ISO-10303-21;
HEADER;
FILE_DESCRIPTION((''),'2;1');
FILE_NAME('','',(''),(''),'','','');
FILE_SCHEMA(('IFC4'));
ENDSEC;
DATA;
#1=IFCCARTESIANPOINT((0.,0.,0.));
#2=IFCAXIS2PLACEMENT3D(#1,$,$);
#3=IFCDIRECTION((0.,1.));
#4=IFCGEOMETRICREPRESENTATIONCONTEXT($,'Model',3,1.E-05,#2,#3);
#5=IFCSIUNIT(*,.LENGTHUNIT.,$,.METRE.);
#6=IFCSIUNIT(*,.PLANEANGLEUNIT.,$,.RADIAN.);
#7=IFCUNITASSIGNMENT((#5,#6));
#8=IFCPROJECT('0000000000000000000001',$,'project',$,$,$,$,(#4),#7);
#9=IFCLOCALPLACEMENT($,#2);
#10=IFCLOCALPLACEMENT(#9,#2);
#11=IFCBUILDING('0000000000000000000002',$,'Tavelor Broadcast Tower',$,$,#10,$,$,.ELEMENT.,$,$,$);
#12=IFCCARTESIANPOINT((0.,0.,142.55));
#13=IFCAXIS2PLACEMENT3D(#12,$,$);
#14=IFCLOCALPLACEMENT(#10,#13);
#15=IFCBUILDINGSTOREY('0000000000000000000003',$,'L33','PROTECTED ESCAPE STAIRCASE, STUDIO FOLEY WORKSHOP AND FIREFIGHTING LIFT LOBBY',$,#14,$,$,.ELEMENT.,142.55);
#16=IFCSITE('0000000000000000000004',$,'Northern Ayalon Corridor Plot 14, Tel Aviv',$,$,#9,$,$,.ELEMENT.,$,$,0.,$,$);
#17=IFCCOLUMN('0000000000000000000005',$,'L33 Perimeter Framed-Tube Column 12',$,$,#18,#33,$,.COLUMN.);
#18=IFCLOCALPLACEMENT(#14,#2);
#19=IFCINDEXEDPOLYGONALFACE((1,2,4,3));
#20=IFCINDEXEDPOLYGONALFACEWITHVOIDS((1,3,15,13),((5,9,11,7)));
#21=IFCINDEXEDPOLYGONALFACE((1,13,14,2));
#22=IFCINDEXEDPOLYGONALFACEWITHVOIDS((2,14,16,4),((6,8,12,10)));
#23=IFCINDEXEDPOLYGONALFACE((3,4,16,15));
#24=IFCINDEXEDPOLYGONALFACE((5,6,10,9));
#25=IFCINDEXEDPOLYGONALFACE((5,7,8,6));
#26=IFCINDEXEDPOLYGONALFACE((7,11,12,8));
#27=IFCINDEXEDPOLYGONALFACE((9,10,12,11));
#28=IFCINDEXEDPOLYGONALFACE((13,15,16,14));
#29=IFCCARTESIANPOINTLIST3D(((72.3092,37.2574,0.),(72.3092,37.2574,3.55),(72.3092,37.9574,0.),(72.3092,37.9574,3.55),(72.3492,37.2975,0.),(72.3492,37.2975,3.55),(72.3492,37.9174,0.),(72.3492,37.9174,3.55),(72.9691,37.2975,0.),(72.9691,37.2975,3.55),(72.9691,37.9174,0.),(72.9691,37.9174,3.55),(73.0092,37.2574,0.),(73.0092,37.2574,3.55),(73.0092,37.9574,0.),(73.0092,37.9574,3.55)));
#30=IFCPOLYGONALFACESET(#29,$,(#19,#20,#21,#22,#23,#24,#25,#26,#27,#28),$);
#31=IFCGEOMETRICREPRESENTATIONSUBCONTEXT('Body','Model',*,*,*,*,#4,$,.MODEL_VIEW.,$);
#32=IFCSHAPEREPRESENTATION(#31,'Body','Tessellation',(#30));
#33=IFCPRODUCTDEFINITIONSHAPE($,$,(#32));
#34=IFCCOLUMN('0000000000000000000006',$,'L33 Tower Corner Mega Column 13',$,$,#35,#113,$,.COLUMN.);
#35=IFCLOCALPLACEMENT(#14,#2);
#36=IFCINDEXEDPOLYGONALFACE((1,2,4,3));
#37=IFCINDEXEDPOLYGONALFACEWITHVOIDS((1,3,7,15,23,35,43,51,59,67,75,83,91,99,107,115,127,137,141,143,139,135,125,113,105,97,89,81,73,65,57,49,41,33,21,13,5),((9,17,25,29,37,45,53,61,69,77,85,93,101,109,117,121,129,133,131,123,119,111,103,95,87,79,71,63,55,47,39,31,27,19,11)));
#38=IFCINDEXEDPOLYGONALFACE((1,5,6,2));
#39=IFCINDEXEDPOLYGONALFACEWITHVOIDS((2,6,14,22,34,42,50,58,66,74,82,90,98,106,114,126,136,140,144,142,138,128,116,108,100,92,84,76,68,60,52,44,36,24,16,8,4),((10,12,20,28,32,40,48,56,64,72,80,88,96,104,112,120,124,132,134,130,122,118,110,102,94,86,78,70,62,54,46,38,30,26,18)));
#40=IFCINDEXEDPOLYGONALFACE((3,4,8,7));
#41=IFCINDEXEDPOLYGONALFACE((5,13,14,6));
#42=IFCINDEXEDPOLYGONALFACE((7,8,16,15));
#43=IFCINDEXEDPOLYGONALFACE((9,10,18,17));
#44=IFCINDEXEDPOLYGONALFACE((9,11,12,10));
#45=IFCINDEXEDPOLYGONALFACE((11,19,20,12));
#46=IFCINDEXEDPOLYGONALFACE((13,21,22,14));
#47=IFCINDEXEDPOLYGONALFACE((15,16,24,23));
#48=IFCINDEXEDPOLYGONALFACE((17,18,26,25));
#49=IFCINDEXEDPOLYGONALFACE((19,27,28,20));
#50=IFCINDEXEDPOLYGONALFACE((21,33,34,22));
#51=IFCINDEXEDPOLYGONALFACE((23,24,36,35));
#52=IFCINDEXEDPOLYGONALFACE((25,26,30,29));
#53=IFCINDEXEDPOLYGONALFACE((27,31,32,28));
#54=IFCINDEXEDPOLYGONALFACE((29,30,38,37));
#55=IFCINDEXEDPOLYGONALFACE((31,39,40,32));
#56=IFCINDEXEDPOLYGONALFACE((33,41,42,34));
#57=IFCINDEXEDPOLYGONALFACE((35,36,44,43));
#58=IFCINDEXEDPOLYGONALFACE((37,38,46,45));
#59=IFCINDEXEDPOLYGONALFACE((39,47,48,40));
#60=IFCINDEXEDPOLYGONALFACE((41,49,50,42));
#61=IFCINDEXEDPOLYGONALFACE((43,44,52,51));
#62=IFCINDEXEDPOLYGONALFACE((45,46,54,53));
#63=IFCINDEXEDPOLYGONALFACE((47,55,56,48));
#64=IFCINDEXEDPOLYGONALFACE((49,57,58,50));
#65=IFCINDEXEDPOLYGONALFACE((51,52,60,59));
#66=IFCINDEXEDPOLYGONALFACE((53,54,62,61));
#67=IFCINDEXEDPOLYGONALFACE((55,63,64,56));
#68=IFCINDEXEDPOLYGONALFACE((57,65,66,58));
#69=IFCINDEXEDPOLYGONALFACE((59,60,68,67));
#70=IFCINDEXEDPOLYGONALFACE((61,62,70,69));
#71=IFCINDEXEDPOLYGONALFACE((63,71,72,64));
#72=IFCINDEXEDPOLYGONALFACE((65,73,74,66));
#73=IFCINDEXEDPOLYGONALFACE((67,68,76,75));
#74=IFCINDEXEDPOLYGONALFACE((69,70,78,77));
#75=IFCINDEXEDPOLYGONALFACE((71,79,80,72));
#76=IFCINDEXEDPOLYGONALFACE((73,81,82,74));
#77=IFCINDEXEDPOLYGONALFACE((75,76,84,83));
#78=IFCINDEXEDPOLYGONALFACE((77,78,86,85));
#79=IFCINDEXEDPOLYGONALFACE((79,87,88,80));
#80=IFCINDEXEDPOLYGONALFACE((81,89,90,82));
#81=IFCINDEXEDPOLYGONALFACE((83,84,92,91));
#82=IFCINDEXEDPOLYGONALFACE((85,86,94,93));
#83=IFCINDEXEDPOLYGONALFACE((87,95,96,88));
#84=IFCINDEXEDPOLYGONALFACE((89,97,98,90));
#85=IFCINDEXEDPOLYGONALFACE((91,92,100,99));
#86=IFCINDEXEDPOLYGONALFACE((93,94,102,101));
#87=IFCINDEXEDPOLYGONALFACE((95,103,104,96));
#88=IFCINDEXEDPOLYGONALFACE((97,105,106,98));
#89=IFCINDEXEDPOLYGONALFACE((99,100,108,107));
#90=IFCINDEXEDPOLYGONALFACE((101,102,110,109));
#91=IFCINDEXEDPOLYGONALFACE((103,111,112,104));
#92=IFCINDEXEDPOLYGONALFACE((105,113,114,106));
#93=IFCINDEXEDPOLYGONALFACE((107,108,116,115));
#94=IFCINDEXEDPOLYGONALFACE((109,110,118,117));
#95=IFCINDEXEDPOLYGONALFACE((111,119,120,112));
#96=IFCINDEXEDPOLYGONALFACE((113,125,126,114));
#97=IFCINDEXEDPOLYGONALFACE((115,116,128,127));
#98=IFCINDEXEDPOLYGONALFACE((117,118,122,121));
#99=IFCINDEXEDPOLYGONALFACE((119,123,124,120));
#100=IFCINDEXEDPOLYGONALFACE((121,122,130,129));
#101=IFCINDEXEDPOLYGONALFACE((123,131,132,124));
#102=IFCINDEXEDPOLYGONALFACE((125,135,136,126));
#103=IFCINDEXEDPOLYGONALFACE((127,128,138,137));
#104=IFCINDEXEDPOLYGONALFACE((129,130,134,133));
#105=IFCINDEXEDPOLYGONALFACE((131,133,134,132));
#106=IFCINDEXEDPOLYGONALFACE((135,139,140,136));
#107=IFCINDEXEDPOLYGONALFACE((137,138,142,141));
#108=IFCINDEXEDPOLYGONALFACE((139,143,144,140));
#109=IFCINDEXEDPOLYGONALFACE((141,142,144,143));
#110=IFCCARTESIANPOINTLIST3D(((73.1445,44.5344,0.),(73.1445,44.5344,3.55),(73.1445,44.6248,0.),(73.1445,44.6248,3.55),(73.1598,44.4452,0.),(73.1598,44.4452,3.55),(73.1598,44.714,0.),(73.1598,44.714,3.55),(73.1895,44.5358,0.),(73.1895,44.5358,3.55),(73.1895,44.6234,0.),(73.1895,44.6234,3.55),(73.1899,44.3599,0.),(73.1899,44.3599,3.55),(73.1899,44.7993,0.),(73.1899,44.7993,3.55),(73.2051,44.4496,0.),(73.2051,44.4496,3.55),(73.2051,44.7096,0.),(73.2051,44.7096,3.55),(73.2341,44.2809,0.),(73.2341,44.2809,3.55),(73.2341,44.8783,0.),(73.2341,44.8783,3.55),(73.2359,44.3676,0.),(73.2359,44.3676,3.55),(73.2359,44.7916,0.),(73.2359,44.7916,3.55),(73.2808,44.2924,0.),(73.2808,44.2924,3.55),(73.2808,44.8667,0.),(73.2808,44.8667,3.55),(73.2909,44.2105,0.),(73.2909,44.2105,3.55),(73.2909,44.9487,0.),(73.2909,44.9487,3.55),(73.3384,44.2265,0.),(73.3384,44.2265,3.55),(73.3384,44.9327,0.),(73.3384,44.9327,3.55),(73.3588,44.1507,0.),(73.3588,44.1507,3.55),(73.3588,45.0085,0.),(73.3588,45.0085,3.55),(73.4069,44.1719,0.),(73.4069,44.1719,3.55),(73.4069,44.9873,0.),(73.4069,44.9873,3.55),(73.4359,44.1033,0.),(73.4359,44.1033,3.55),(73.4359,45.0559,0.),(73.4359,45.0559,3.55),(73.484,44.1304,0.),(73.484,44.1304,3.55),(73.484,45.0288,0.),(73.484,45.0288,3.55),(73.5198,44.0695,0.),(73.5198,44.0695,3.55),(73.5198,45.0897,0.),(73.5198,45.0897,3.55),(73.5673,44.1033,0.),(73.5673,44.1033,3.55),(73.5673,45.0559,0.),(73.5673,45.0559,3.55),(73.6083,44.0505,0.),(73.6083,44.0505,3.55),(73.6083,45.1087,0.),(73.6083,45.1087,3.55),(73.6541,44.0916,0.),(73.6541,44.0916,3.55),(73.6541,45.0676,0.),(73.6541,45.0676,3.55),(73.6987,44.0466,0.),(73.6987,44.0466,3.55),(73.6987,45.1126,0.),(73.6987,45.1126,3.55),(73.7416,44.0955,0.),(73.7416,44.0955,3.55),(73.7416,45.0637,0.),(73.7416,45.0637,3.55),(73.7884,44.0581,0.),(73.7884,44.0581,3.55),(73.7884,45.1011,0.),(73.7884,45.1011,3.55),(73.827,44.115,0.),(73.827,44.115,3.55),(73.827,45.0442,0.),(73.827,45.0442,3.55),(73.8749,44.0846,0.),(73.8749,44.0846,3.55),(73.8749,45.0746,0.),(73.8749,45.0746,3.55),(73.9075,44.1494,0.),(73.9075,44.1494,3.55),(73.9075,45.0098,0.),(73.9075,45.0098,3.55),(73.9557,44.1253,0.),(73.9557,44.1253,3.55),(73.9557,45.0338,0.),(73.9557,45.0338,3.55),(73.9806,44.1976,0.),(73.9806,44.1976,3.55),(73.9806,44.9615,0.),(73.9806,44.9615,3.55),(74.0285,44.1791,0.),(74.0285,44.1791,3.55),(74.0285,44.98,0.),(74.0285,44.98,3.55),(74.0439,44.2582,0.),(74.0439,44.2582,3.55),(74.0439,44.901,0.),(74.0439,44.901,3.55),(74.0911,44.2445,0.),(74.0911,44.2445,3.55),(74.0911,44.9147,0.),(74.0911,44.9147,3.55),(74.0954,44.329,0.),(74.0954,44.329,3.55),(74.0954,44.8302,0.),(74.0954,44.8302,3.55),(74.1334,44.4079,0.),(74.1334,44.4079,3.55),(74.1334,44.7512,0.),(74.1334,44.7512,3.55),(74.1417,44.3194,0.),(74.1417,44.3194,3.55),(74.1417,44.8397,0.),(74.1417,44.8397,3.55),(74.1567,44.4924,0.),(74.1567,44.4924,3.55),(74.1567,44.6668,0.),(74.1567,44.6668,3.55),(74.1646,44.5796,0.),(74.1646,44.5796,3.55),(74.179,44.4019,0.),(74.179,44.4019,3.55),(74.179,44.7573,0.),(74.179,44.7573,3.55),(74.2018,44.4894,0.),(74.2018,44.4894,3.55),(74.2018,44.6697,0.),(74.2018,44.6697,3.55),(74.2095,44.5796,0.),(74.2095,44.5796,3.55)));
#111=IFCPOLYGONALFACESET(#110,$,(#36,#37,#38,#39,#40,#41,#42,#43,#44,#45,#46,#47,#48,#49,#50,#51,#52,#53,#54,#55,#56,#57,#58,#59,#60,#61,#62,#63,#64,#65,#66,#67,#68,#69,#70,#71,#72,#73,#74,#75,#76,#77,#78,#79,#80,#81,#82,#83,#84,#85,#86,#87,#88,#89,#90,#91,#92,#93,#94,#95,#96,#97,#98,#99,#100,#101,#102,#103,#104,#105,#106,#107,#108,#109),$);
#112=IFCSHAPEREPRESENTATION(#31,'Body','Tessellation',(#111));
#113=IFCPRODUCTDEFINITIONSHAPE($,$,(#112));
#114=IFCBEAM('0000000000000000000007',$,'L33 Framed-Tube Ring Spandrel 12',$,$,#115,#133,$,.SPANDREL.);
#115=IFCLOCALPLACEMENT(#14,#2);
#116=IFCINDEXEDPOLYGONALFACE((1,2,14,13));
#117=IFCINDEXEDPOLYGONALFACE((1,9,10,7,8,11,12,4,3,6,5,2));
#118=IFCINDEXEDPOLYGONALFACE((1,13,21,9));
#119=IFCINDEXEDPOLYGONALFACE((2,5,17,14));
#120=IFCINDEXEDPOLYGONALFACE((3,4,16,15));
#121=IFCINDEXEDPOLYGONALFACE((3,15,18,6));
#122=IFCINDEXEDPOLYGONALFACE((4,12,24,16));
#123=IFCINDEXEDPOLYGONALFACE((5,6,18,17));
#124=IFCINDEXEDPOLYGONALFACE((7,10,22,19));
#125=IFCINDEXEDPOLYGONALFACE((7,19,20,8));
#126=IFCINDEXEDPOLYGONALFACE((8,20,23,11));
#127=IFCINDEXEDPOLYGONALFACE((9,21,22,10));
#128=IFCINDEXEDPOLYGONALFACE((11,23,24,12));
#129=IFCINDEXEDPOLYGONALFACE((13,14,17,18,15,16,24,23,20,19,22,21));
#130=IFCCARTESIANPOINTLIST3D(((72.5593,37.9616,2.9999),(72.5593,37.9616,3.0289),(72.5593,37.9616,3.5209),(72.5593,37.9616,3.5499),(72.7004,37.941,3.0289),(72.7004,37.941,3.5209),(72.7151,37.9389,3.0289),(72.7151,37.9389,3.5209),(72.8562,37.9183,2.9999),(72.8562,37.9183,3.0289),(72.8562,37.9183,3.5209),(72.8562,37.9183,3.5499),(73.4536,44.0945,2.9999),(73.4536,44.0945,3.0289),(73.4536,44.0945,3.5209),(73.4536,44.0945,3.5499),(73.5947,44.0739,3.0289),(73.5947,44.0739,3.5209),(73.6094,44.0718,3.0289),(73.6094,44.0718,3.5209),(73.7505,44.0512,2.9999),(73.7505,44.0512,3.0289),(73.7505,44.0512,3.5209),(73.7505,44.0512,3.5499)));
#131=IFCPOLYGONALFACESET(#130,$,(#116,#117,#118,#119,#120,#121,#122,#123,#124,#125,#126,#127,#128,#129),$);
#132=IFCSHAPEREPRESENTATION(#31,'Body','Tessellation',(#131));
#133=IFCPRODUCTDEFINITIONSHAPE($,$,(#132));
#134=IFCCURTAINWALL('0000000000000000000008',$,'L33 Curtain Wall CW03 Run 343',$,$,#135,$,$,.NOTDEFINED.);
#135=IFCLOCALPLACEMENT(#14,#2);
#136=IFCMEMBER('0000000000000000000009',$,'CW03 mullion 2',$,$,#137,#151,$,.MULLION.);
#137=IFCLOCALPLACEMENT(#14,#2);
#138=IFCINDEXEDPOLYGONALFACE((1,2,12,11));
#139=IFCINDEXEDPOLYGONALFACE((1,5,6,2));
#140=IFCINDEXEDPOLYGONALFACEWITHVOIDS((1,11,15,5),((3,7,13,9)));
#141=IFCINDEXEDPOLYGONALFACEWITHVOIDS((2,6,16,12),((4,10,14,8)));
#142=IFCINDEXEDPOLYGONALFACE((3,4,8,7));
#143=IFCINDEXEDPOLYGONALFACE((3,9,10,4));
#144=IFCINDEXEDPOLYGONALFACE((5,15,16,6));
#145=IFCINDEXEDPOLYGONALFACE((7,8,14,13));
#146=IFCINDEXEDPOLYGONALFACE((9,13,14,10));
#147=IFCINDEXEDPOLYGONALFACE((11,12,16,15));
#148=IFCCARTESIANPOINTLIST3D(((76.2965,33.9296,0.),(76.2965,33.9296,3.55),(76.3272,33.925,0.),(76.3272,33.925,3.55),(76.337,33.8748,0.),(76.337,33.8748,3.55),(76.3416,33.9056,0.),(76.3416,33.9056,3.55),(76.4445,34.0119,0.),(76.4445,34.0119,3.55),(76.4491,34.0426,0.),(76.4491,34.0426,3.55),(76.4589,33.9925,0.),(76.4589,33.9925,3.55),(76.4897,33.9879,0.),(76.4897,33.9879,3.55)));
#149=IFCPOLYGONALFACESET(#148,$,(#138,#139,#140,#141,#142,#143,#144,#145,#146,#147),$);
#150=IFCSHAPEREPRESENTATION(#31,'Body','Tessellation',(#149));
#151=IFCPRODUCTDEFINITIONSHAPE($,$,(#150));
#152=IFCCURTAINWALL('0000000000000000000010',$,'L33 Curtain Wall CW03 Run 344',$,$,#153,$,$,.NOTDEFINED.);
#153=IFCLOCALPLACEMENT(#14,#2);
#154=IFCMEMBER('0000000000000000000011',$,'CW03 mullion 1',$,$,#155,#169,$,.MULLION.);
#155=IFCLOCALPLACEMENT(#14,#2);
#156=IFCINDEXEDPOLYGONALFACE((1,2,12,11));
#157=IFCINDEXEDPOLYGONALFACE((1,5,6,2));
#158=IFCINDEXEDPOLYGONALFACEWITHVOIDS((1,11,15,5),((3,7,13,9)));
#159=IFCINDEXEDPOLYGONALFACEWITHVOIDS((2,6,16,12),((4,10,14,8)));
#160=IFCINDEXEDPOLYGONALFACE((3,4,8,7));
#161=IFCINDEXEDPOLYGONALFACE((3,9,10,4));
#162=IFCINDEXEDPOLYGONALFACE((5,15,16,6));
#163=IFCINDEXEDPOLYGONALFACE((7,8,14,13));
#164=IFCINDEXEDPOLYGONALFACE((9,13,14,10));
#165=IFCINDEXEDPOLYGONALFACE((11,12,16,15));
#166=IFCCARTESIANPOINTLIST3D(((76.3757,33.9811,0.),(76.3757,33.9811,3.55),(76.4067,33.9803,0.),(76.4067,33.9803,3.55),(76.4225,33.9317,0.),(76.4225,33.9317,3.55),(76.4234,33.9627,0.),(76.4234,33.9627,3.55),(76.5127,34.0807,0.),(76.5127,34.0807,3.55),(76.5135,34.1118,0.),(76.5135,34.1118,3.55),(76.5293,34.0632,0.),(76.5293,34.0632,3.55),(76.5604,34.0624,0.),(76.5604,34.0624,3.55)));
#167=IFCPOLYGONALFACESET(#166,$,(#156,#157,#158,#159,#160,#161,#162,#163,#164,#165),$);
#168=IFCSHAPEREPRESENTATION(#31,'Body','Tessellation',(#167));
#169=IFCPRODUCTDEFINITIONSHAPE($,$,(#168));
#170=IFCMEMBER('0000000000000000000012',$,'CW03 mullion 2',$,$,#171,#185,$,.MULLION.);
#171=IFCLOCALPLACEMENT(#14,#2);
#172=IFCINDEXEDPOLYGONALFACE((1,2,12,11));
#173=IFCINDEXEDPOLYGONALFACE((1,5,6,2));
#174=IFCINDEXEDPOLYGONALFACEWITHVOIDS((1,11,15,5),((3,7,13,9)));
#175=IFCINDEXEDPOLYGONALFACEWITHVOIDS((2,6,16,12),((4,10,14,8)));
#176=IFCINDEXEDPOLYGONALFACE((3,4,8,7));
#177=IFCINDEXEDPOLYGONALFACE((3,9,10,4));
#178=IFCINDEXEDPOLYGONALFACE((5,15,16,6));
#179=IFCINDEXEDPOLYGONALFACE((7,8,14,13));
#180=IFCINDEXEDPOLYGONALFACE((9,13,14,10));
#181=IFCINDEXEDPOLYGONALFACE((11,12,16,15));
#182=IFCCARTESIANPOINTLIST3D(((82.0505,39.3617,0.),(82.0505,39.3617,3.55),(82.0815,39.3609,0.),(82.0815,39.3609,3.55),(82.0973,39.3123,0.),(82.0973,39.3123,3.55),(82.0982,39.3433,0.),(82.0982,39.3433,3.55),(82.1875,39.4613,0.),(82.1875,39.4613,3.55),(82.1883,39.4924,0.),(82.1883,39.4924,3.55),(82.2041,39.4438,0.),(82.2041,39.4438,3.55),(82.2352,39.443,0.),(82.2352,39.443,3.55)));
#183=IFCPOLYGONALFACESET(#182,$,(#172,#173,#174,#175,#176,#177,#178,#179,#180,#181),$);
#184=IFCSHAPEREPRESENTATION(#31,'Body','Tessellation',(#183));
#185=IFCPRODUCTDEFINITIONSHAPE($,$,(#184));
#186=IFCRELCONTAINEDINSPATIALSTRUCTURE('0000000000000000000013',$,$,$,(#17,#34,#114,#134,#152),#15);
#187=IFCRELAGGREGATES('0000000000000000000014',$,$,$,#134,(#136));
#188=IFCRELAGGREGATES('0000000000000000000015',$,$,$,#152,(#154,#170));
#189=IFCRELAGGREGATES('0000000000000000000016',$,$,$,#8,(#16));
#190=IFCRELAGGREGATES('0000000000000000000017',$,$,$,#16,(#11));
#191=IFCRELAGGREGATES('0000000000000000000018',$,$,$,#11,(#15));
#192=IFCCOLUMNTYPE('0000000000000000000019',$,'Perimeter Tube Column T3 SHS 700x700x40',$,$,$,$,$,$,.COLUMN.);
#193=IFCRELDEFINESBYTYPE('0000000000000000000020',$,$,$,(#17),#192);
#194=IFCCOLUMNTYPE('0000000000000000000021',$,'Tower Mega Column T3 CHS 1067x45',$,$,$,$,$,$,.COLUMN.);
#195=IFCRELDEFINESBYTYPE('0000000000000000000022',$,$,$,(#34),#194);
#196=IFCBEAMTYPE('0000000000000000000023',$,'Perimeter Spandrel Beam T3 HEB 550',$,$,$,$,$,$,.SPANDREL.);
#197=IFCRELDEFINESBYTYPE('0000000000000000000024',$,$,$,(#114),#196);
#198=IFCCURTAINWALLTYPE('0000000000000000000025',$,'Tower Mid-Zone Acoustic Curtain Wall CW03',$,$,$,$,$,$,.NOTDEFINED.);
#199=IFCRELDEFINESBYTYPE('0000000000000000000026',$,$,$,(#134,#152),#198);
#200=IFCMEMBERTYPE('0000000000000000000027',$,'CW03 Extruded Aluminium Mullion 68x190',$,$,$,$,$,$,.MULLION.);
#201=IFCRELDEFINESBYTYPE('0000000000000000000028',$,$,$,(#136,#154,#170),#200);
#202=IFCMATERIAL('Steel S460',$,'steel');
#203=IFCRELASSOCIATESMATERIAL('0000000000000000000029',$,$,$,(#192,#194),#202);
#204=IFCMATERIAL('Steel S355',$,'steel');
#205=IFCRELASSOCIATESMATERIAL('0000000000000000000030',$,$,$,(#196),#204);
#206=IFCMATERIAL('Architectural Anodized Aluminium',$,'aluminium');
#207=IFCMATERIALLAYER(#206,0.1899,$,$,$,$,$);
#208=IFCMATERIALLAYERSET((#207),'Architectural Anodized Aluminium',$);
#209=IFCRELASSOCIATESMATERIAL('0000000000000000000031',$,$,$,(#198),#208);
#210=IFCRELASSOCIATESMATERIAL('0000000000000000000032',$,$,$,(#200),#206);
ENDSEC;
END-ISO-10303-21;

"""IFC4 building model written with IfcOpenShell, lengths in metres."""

from ifc_helpers import new_model, si_unit, direction, frame, origin, origin_2d, place, context, subcontext, project, spatial, hollow_rectangle, hollow_circle, i_section, extrude, source, transform, mapped, material, layer, layer_set, material_profile, profile_set, type_object, type_shapes, element, aggregate, save


model = new_model("IFC4")

# Units and contexts
model_context = context("Model", 3, precision=1e-05, world=origin(), true_north=direction((0.0, 1.0)))
body_context = subcontext(model_context, "Body", "Model", "MODEL_VIEW")
ifc_project = project(units=[si_unit("LENGTHUNIT", "METRE"), si_unit("PLANEANGLEUNIT", "RADIAN")], contexts=[model_context])

# Site, building, storey
site_placement = place(None, origin())
site = spatial("IfcSite", under=ifc_project, at=site_placement, Name="Northern Ayalon Corridor Plot 14, Tel Aviv", CompositionType="ELEMENT", RefElevation=0.0)
building_placement = place(site_placement, origin())
building = spatial("IfcBuilding", under=site, at=building_placement, Name="Tavelor Broadcast Tower", CompositionType="ELEMENT")
storey_placement = place(building_placement, frame((0.0, 0.0, 142.55)))
storey = spatial("IfcBuildingStorey", under=building, at=storey_placement, Name="L33", Description="PROTECTED ESCAPE STAIRCASE, STUDIO FOLEY WORKSHOP AND FIREFIGHTING LIFT LOBBY", CompositionType="ELEMENT", Elevation=142.55)

# Columns
ifc_material_1 = material(Name="Steel S460", Category="steel")
ifc_material_profile_1 = material_profile(ifc_material_1, hollow_rectangle(XDim=0.7, YDim=0.7, WallThickness=0.04, at=origin_2d()), Name="SHS 700x700x40")
ifc_profile_set_1 = profile_set([ifc_material_profile_1], Name="Steel S460")
column_type_1 = type_object("IfcColumnType", Name="Perimeter Tube Column T3 SHS 700x700x40", PredefinedType="COLUMN", material=ifc_profile_set_1)
column_1_placement = place(storey_placement, frame((72.6592, 37.6074, 0.0), z_axis=(0.0, 0.0, 1.0), x_axis=(1.0, 0.0, 0.0)))
element("IfcColumn", 1, at=column_1_placement, inside=storey, type_object=column_type_1, Name="L33 Perimeter Framed-Tube Column 12", PredefinedType="COLUMN", context=body_context, shape_type="SweptSolid", body=[
    extrude(hollow_rectangle(XDim=0.7, YDim=0.7, WallThickness=0.04, at=origin_2d()), origin(), (0.0, 0.0, 1.0), 3.55),
])
ifc_material_profile_2 = material_profile(ifc_material_1, hollow_circle(Radius=0.5334, WallThickness=0.0449, at=origin_2d()), Name="CHS 1067x45")
ifc_profile_set_2 = profile_set([ifc_material_profile_2], Name="Steel S460")
column_type_2 = type_object("IfcColumnType", Name="Tower Mega Column T3 CHS 1067x45", PredefinedType="COLUMN", material=ifc_profile_set_2)
column_2_placement = place(storey_placement, frame((73.676, 44.5796, 0.0), z_axis=(0.0, 0.0, 1.0), x_axis=(1.0, 0.0, 0.0)))
element("IfcColumn", 2, at=column_2_placement, inside=storey, type_object=column_type_2, Name="L33 Tower Corner Mega Column 13", PredefinedType="COLUMN", context=body_context, shape_type="SweptSolid", body=[
    extrude(hollow_circle(Radius=0.5334, WallThickness=0.0449, at=origin_2d()), origin(), (0.0, 0.0, 1.0), 3.55),
])

# Beam
ifc_material_2 = material(Name="Steel S355", Category="steel")
ifc_material_profile_3 = material_profile(ifc_material_2, i_section(OverallWidth=0.3, OverallDepth=0.55, WebThickness=0.0149, FlangeThickness=0.0291, at=origin_2d()), Name="HEB 550")
ifc_profile_set_3 = profile_set([ifc_material_profile_3], Name="Steel S355")
beam_type = type_object("IfcBeamType", Name="Perimeter Spandrel Beam T3 HEB 550", PredefinedType="SPANDREL", material=ifc_profile_set_3)
beam_placement = place(storey_placement, frame((72.7078, 37.9399, 3.2749), z_axis=(0.144294, 0.989535, 0.0), x_axis=(-0.989535, 0.144294, 0.0)))
element("IfcBeam", 3, at=beam_placement, inside=storey, type_object=beam_type, Name="L33 Framed-Tube Ring Spandrel 12", PredefinedType="SPANDREL", context=body_context, shape_type="SweptSolid", body=[
    extrude(i_section(OverallWidth=0.3, OverallDepth=0.55, WebThickness=0.0149, FlangeThickness=0.0291, at=origin_2d()), origin(), (0.0, 0.0, 1.0), 6.1978),
])

# Curtain wall, member
ifc_material_3 = material(Name="Architectural Anodized Aluminium", Category="aluminium")
ifc_layer_1 = layer(ifc_material_3, 0.1899)
ifc_layer_set_1 = layer_set([ifc_layer_1], Name="Architectural Anodized Aluminium")
curtain_wall_type = type_object("IfcCurtainWallType", Name="Tower Mid-Zone Acoustic Curtain Wall CW03", PredefinedType="NOTDEFINED", material=ifc_layer_set_1)
curtain_wall_1_placement = place(storey_placement, origin())
curtain_wall_1 = element("IfcCurtainWall", 4, at=curtain_wall_1_placement, inside=storey, type_object=curtain_wall_type, Name="L33 Curtain Wall CW03 Run 343", PredefinedType="NOTDEFINED")
ifc_material_profile_4 = material_profile(ifc_material_3, hollow_rectangle(XDim=0.0681, YDim=0.1899, WallThickness=0.022, at=origin_2d()), Name="RHS 68x190x22")
ifc_profile_set_4 = profile_set([ifc_material_profile_4], Name="Architectural Anodized Aluminium")
member_type_1 = type_object("IfcMemberType", Name="CW03 Extruded Aluminium Mullion 68x190", PredefinedType="MULLION", material=ifc_profile_set_4)
shared_shape_1 = source(origin(), body_context, "Body", "SweptSolid", [
    extrude(hollow_rectangle(XDim=0.0681, YDim=0.1899, WallThickness=0.022, at=origin_2d()), origin(), (0.0, 0.0, 1.0), 3.55),
])
type_shapes(member_type_1, [shared_shape_1])
member_1_placement = place(storey_placement, frame((76.3931, 33.9587, 0.0), z_axis=(0.0, 0.0, 1.0), x_axis=(-0.595187, 0.803588, 0.0)))
member_1 = element("IfcMember", 5, at=member_1_placement, type_object=member_type_1, Name="CW03 mullion 2", PredefinedType="MULLION", context=body_context, shape_type="MappedRepresentation", body=[
    mapped(shared_shape_1, transform((0.0, 0.0, 0.0), scale=1.0)),
])

# Curtain wall, members
curtain_wall_2_placement = place(storey_placement, origin())
curtain_wall_2 = element("IfcCurtainWall", 6, at=curtain_wall_2_placement, inside=storey, type_object=curtain_wall_type, Name="L33 Curtain Wall CW03 Run 344", PredefinedType="NOTDEFINED")
member_2_placement = place(storey_placement, frame((76.468, 34.0217, 0.0), z_axis=(0.0, 0.0, 1.0), x_axis=(-0.68805, 0.725663, 0.0)))
member_2 = element("IfcMember", 7, at=member_2_placement, type_object=member_type_1, Name="CW03 mullion 1", PredefinedType="MULLION", context=body_context, shape_type="MappedRepresentation", body=[
    mapped(shared_shape_1, transform((0.0, 0.0, 0.0), scale=1.0)),
])
member_3_placement = place(storey_placement, frame((82.1428, 39.4023, 0.0), z_axis=(0.0, 0.0, 1.0), x_axis=(-0.68805, 0.725663, 0.0)))
member_3 = element("IfcMember", 8, at=member_3_placement, type_object=member_type_1, Name="CW03 mullion 2", PredefinedType="MULLION", context=body_context, shape_type="MappedRepresentation", body=[
    mapped(shared_shape_1, transform((0.0, 0.0, 0.0), scale=1.0)),
])

aggregate(curtain_wall_1, [member_1])
aggregate(curtain_wall_2, [member_2, member_3])

save(model, "model.ifc")
